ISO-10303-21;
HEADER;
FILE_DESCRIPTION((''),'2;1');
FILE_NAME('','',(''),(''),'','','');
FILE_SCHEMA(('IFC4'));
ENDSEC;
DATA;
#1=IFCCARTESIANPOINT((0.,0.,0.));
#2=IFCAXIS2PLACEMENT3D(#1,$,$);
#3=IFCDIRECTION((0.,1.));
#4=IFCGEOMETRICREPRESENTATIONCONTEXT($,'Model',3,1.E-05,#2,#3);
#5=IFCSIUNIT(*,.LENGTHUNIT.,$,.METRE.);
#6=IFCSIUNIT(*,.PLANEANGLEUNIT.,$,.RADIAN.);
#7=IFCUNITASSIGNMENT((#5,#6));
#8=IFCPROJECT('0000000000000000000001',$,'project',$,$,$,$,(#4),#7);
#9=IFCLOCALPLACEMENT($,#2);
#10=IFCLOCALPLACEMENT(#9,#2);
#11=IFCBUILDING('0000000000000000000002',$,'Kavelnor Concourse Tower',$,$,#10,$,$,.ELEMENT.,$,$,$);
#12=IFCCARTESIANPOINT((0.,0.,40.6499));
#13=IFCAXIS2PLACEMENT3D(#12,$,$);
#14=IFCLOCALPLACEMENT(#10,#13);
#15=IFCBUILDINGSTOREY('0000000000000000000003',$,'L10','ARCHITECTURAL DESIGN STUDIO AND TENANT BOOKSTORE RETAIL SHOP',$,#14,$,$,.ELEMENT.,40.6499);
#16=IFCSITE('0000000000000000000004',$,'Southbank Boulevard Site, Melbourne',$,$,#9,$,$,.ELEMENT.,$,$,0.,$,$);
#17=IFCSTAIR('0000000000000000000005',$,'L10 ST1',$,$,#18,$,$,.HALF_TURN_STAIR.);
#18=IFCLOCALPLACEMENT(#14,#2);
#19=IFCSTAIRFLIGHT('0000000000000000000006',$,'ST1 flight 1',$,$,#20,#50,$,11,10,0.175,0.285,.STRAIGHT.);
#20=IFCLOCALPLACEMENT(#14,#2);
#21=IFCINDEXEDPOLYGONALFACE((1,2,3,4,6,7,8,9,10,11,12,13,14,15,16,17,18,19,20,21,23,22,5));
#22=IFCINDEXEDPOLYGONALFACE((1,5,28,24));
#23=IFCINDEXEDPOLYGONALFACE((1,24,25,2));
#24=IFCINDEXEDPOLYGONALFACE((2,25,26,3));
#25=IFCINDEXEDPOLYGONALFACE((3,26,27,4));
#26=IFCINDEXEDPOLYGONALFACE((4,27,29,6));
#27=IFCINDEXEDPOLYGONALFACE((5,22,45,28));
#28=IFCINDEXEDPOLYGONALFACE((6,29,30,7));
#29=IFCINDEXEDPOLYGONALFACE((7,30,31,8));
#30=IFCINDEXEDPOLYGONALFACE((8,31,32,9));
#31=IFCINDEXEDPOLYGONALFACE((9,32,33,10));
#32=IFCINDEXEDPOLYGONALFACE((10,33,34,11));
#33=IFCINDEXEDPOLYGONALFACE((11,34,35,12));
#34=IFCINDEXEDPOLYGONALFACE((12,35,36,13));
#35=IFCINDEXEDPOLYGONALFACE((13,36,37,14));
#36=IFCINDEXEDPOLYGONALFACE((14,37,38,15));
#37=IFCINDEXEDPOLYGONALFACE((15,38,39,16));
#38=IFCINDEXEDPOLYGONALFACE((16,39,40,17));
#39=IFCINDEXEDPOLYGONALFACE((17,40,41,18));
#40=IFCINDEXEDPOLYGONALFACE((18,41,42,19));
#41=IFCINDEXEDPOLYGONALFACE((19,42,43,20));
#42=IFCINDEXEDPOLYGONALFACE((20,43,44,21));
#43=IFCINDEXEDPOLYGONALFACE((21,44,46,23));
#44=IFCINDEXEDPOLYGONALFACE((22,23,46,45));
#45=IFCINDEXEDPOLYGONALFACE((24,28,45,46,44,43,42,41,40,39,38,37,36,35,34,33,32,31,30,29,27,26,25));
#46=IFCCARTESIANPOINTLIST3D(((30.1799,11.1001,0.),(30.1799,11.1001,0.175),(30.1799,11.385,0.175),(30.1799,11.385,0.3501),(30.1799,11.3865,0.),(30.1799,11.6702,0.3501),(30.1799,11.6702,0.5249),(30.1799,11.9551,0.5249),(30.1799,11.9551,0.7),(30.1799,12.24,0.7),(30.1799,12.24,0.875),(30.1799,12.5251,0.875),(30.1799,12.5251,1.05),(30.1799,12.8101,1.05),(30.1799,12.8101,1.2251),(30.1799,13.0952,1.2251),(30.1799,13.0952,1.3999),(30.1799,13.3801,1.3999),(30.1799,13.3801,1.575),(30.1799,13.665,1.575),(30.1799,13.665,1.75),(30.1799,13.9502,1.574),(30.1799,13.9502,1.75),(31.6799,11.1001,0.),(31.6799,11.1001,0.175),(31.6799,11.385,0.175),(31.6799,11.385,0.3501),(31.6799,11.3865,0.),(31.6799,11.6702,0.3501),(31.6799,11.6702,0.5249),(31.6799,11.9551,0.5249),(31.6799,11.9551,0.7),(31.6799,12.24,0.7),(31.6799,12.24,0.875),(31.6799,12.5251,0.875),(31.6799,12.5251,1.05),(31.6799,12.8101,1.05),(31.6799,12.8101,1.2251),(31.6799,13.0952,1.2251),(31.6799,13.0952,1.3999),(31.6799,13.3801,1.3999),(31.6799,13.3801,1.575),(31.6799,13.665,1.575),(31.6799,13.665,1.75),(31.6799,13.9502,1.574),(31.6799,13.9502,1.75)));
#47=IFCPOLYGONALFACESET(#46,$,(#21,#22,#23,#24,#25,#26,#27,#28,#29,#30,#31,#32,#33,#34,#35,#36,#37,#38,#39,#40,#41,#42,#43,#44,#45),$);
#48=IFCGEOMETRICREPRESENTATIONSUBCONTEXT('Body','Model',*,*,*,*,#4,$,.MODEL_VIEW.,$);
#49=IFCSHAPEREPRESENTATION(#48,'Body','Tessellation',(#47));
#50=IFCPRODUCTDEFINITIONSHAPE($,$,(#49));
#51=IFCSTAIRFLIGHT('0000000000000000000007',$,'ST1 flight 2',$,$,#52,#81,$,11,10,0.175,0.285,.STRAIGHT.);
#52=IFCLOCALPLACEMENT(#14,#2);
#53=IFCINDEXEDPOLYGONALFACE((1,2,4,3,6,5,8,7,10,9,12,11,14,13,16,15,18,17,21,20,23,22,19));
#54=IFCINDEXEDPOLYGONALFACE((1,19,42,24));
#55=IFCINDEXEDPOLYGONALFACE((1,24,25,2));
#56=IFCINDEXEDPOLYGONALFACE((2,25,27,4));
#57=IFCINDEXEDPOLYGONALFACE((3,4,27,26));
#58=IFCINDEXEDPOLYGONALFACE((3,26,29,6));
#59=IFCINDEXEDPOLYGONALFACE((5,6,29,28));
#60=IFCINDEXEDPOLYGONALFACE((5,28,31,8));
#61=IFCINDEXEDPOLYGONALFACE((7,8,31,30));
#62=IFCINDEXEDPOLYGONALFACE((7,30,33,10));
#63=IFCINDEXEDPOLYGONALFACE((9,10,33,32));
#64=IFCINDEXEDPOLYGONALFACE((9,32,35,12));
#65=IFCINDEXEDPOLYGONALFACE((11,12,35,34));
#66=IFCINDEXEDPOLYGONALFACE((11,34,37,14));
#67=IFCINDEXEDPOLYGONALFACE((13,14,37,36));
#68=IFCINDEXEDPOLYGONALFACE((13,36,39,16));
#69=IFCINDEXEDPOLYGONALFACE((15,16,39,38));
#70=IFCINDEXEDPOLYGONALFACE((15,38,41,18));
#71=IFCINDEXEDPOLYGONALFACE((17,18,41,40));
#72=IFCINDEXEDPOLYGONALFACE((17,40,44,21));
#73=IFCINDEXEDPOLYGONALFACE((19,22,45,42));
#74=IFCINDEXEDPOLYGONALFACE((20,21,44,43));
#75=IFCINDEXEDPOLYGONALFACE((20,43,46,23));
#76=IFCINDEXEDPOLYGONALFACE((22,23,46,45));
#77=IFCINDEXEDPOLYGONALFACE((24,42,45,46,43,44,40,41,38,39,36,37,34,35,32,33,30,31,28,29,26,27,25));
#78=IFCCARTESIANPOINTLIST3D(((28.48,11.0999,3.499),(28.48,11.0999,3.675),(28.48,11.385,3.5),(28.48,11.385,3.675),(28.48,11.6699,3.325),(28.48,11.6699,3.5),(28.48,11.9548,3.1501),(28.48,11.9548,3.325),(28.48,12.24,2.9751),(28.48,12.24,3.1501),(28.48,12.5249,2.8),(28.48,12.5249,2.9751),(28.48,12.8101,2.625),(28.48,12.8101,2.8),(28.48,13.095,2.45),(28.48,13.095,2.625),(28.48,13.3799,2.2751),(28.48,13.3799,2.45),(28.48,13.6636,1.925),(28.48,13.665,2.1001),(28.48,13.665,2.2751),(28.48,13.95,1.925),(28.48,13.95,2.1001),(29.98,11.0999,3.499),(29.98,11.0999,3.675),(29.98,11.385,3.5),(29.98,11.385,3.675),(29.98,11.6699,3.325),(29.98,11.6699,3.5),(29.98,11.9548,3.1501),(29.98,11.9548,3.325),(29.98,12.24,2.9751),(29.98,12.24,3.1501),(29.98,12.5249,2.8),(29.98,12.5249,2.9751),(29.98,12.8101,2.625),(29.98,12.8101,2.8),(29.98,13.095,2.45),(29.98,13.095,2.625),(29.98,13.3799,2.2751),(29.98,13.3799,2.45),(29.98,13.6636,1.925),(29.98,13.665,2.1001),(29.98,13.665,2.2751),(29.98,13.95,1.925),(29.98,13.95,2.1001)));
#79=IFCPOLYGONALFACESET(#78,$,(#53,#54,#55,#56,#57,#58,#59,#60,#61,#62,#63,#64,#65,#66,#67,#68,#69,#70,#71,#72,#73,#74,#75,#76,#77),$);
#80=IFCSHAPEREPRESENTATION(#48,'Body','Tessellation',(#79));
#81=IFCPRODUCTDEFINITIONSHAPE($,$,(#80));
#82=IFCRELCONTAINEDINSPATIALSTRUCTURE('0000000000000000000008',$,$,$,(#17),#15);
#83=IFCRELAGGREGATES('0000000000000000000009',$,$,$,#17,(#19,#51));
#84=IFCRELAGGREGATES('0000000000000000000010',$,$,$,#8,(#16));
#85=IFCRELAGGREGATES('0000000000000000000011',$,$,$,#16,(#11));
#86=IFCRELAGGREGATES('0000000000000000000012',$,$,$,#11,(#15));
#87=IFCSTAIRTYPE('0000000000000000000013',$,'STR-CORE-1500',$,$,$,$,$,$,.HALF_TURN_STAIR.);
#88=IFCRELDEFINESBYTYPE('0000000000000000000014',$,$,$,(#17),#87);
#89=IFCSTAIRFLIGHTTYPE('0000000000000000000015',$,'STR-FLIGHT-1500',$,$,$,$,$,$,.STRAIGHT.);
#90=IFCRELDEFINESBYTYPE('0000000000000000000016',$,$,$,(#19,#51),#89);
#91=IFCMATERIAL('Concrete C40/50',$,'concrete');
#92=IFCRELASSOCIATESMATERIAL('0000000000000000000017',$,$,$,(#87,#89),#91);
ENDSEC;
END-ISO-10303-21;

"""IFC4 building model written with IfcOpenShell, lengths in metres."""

from ifc_helpers import new_model, si_unit, direction, frame, origin, place, context, subcontext, project, spatial, polyline, outline, extrude, material, type_object, element, aggregate, save


model = new_model("IFC4")

# Units and contexts
model_context = context("Model", 3, precision=1e-05, world=origin(), true_north=direction((0.0, 1.0)))
body_context = subcontext(model_context, "Body", "Model", "MODEL_VIEW")
ifc_project = project(units=[si_unit("LENGTHUNIT", "METRE"), si_unit("PLANEANGLEUNIT", "RADIAN")], contexts=[model_context])

# Site, building, storey
site_placement = place(None, origin())
site = spatial("IfcSite", under=ifc_project, at=site_placement, Name="Southbank Boulevard Site, Melbourne", CompositionType="ELEMENT", RefElevation=0.0)
building_placement = place(site_placement, origin())
building = spatial("IfcBuilding", under=site, at=building_placement, Name="Kavelnor Concourse Tower", CompositionType="ELEMENT")
storey_placement = place(building_placement, frame((0.0, 0.0, 40.6499)))
storey = spatial("IfcBuildingStorey", under=building, at=storey_placement, Name="L10", Description="ARCHITECTURAL DESIGN STUDIO AND TENANT BOOKSTORE RETAIL SHOP", CompositionType="ELEMENT", Elevation=40.6499)

# Stair, stair flights
ifc_material_1 = material(Name="Concrete C40/50", Category="concrete")
stair_type = type_object("IfcStairType", Name="STR-CORE-1500", PredefinedType="HALF_TURN_STAIR", material=ifc_material_1)
stair_placement = place(storey_placement, origin())
stair = element("IfcStair", 1, at=stair_placement, inside=storey, type_object=stair_type, Name="L10 ST1", PredefinedType="HALF_TURN_STAIR")
stair_flight_type = type_object("IfcStairFlightType", Name="STR-FLIGHT-1500", PredefinedType="STRAIGHT", material=ifc_material_1)
stair_flight_1_placement = place(storey_placement, frame((30.9299, 11.1001, 0.0), z_axis=(0.0, 0.0, 1.0), x_axis=(0.0, 1.0, 0.0)))
stair_flight_1 = element("IfcStairFlight", 2, at=stair_flight_1_placement, type_object=stair_flight_type, Name="ST1 flight 1", NumberOfRisers=11, NumberOfTreads=10, PredefinedType="STRAIGHT", RiserHeight=0.175, TreadLength=0.285, context=body_context, shape_type="SweptSolid", body=[
    extrude(outline(polyline([(0.0, 0.0), (0.0, 0.175), (0.2849, 0.175), (0.2849, 0.3501), (0.5701, 0.3501), (0.5701, 0.5249), (0.855, 0.5249), (0.855, 0.7), (1.1399, 0.7), (1.1399, 0.875), (1.425, 0.875), (1.425, 1.05), (1.71, 1.05), (1.71, 1.2251), (1.9951, 1.2251), (1.9951, 1.3999), (2.28, 1.3999), (2.28, 1.575), (2.5649, 1.575), (2.5649, 1.75), (2.8501, 1.75), (2.8501, 1.925), (2.8501, 1.574), (0.2864, 0.0), (0.0, 0.0)])), frame((0.0, 0.75, 0.0), z_axis=(0.0, -1.0, 0.0), x_axis=(1.0, 0.0, 0.0)), (0.0, 0.0, 1.0), 1.5),
])
stair_flight_2_placement = place(storey_placement, frame((29.23, 13.95, 1.925), z_axis=(0.0, 0.0, 1.0), x_axis=(0.0, -1.0, 0.0)))
stair_flight_2 = element("IfcStairFlight", 3, at=stair_flight_2_placement, type_object=stair_flight_type, Name="ST1 flight 2", NumberOfRisers=11, NumberOfTreads=10, PredefinedType="STRAIGHT", RiserHeight=0.175, TreadLength=0.285, context=body_context, shape_type="SweptSolid", body=[
    extrude(outline(polyline([(0.0, 0.0), (0.0, 0.175), (0.2849, 0.175), (0.2849, 0.3501), (0.5701, 0.3501), (0.5701, 0.5249), (0.855, 0.5249), (0.855, 0.7), (1.1399, 0.7), (1.1399, 0.875), (1.425, 0.875), (1.425, 1.05), (1.71, 1.05), (1.71, 1.2251), (1.9951, 1.2251), (1.9951, 1.3999), (2.28, 1.3999), (2.28, 1.575), (2.5649, 1.575), (2.5649, 1.75), (2.8501, 1.75), (2.8501, 1.925), (2.8501, 1.574), (0.2864, 0.0), (0.0, 0.0)])), frame((0.0, 0.75, 0.0), z_axis=(0.0, -1.0, 0.0), x_axis=(1.0, 0.0, 0.0)), (0.0, 0.0, 1.0), 1.5),
])
aggregate(stair, [stair_flight_1, stair_flight_2])

save(model, "model.ifc")
